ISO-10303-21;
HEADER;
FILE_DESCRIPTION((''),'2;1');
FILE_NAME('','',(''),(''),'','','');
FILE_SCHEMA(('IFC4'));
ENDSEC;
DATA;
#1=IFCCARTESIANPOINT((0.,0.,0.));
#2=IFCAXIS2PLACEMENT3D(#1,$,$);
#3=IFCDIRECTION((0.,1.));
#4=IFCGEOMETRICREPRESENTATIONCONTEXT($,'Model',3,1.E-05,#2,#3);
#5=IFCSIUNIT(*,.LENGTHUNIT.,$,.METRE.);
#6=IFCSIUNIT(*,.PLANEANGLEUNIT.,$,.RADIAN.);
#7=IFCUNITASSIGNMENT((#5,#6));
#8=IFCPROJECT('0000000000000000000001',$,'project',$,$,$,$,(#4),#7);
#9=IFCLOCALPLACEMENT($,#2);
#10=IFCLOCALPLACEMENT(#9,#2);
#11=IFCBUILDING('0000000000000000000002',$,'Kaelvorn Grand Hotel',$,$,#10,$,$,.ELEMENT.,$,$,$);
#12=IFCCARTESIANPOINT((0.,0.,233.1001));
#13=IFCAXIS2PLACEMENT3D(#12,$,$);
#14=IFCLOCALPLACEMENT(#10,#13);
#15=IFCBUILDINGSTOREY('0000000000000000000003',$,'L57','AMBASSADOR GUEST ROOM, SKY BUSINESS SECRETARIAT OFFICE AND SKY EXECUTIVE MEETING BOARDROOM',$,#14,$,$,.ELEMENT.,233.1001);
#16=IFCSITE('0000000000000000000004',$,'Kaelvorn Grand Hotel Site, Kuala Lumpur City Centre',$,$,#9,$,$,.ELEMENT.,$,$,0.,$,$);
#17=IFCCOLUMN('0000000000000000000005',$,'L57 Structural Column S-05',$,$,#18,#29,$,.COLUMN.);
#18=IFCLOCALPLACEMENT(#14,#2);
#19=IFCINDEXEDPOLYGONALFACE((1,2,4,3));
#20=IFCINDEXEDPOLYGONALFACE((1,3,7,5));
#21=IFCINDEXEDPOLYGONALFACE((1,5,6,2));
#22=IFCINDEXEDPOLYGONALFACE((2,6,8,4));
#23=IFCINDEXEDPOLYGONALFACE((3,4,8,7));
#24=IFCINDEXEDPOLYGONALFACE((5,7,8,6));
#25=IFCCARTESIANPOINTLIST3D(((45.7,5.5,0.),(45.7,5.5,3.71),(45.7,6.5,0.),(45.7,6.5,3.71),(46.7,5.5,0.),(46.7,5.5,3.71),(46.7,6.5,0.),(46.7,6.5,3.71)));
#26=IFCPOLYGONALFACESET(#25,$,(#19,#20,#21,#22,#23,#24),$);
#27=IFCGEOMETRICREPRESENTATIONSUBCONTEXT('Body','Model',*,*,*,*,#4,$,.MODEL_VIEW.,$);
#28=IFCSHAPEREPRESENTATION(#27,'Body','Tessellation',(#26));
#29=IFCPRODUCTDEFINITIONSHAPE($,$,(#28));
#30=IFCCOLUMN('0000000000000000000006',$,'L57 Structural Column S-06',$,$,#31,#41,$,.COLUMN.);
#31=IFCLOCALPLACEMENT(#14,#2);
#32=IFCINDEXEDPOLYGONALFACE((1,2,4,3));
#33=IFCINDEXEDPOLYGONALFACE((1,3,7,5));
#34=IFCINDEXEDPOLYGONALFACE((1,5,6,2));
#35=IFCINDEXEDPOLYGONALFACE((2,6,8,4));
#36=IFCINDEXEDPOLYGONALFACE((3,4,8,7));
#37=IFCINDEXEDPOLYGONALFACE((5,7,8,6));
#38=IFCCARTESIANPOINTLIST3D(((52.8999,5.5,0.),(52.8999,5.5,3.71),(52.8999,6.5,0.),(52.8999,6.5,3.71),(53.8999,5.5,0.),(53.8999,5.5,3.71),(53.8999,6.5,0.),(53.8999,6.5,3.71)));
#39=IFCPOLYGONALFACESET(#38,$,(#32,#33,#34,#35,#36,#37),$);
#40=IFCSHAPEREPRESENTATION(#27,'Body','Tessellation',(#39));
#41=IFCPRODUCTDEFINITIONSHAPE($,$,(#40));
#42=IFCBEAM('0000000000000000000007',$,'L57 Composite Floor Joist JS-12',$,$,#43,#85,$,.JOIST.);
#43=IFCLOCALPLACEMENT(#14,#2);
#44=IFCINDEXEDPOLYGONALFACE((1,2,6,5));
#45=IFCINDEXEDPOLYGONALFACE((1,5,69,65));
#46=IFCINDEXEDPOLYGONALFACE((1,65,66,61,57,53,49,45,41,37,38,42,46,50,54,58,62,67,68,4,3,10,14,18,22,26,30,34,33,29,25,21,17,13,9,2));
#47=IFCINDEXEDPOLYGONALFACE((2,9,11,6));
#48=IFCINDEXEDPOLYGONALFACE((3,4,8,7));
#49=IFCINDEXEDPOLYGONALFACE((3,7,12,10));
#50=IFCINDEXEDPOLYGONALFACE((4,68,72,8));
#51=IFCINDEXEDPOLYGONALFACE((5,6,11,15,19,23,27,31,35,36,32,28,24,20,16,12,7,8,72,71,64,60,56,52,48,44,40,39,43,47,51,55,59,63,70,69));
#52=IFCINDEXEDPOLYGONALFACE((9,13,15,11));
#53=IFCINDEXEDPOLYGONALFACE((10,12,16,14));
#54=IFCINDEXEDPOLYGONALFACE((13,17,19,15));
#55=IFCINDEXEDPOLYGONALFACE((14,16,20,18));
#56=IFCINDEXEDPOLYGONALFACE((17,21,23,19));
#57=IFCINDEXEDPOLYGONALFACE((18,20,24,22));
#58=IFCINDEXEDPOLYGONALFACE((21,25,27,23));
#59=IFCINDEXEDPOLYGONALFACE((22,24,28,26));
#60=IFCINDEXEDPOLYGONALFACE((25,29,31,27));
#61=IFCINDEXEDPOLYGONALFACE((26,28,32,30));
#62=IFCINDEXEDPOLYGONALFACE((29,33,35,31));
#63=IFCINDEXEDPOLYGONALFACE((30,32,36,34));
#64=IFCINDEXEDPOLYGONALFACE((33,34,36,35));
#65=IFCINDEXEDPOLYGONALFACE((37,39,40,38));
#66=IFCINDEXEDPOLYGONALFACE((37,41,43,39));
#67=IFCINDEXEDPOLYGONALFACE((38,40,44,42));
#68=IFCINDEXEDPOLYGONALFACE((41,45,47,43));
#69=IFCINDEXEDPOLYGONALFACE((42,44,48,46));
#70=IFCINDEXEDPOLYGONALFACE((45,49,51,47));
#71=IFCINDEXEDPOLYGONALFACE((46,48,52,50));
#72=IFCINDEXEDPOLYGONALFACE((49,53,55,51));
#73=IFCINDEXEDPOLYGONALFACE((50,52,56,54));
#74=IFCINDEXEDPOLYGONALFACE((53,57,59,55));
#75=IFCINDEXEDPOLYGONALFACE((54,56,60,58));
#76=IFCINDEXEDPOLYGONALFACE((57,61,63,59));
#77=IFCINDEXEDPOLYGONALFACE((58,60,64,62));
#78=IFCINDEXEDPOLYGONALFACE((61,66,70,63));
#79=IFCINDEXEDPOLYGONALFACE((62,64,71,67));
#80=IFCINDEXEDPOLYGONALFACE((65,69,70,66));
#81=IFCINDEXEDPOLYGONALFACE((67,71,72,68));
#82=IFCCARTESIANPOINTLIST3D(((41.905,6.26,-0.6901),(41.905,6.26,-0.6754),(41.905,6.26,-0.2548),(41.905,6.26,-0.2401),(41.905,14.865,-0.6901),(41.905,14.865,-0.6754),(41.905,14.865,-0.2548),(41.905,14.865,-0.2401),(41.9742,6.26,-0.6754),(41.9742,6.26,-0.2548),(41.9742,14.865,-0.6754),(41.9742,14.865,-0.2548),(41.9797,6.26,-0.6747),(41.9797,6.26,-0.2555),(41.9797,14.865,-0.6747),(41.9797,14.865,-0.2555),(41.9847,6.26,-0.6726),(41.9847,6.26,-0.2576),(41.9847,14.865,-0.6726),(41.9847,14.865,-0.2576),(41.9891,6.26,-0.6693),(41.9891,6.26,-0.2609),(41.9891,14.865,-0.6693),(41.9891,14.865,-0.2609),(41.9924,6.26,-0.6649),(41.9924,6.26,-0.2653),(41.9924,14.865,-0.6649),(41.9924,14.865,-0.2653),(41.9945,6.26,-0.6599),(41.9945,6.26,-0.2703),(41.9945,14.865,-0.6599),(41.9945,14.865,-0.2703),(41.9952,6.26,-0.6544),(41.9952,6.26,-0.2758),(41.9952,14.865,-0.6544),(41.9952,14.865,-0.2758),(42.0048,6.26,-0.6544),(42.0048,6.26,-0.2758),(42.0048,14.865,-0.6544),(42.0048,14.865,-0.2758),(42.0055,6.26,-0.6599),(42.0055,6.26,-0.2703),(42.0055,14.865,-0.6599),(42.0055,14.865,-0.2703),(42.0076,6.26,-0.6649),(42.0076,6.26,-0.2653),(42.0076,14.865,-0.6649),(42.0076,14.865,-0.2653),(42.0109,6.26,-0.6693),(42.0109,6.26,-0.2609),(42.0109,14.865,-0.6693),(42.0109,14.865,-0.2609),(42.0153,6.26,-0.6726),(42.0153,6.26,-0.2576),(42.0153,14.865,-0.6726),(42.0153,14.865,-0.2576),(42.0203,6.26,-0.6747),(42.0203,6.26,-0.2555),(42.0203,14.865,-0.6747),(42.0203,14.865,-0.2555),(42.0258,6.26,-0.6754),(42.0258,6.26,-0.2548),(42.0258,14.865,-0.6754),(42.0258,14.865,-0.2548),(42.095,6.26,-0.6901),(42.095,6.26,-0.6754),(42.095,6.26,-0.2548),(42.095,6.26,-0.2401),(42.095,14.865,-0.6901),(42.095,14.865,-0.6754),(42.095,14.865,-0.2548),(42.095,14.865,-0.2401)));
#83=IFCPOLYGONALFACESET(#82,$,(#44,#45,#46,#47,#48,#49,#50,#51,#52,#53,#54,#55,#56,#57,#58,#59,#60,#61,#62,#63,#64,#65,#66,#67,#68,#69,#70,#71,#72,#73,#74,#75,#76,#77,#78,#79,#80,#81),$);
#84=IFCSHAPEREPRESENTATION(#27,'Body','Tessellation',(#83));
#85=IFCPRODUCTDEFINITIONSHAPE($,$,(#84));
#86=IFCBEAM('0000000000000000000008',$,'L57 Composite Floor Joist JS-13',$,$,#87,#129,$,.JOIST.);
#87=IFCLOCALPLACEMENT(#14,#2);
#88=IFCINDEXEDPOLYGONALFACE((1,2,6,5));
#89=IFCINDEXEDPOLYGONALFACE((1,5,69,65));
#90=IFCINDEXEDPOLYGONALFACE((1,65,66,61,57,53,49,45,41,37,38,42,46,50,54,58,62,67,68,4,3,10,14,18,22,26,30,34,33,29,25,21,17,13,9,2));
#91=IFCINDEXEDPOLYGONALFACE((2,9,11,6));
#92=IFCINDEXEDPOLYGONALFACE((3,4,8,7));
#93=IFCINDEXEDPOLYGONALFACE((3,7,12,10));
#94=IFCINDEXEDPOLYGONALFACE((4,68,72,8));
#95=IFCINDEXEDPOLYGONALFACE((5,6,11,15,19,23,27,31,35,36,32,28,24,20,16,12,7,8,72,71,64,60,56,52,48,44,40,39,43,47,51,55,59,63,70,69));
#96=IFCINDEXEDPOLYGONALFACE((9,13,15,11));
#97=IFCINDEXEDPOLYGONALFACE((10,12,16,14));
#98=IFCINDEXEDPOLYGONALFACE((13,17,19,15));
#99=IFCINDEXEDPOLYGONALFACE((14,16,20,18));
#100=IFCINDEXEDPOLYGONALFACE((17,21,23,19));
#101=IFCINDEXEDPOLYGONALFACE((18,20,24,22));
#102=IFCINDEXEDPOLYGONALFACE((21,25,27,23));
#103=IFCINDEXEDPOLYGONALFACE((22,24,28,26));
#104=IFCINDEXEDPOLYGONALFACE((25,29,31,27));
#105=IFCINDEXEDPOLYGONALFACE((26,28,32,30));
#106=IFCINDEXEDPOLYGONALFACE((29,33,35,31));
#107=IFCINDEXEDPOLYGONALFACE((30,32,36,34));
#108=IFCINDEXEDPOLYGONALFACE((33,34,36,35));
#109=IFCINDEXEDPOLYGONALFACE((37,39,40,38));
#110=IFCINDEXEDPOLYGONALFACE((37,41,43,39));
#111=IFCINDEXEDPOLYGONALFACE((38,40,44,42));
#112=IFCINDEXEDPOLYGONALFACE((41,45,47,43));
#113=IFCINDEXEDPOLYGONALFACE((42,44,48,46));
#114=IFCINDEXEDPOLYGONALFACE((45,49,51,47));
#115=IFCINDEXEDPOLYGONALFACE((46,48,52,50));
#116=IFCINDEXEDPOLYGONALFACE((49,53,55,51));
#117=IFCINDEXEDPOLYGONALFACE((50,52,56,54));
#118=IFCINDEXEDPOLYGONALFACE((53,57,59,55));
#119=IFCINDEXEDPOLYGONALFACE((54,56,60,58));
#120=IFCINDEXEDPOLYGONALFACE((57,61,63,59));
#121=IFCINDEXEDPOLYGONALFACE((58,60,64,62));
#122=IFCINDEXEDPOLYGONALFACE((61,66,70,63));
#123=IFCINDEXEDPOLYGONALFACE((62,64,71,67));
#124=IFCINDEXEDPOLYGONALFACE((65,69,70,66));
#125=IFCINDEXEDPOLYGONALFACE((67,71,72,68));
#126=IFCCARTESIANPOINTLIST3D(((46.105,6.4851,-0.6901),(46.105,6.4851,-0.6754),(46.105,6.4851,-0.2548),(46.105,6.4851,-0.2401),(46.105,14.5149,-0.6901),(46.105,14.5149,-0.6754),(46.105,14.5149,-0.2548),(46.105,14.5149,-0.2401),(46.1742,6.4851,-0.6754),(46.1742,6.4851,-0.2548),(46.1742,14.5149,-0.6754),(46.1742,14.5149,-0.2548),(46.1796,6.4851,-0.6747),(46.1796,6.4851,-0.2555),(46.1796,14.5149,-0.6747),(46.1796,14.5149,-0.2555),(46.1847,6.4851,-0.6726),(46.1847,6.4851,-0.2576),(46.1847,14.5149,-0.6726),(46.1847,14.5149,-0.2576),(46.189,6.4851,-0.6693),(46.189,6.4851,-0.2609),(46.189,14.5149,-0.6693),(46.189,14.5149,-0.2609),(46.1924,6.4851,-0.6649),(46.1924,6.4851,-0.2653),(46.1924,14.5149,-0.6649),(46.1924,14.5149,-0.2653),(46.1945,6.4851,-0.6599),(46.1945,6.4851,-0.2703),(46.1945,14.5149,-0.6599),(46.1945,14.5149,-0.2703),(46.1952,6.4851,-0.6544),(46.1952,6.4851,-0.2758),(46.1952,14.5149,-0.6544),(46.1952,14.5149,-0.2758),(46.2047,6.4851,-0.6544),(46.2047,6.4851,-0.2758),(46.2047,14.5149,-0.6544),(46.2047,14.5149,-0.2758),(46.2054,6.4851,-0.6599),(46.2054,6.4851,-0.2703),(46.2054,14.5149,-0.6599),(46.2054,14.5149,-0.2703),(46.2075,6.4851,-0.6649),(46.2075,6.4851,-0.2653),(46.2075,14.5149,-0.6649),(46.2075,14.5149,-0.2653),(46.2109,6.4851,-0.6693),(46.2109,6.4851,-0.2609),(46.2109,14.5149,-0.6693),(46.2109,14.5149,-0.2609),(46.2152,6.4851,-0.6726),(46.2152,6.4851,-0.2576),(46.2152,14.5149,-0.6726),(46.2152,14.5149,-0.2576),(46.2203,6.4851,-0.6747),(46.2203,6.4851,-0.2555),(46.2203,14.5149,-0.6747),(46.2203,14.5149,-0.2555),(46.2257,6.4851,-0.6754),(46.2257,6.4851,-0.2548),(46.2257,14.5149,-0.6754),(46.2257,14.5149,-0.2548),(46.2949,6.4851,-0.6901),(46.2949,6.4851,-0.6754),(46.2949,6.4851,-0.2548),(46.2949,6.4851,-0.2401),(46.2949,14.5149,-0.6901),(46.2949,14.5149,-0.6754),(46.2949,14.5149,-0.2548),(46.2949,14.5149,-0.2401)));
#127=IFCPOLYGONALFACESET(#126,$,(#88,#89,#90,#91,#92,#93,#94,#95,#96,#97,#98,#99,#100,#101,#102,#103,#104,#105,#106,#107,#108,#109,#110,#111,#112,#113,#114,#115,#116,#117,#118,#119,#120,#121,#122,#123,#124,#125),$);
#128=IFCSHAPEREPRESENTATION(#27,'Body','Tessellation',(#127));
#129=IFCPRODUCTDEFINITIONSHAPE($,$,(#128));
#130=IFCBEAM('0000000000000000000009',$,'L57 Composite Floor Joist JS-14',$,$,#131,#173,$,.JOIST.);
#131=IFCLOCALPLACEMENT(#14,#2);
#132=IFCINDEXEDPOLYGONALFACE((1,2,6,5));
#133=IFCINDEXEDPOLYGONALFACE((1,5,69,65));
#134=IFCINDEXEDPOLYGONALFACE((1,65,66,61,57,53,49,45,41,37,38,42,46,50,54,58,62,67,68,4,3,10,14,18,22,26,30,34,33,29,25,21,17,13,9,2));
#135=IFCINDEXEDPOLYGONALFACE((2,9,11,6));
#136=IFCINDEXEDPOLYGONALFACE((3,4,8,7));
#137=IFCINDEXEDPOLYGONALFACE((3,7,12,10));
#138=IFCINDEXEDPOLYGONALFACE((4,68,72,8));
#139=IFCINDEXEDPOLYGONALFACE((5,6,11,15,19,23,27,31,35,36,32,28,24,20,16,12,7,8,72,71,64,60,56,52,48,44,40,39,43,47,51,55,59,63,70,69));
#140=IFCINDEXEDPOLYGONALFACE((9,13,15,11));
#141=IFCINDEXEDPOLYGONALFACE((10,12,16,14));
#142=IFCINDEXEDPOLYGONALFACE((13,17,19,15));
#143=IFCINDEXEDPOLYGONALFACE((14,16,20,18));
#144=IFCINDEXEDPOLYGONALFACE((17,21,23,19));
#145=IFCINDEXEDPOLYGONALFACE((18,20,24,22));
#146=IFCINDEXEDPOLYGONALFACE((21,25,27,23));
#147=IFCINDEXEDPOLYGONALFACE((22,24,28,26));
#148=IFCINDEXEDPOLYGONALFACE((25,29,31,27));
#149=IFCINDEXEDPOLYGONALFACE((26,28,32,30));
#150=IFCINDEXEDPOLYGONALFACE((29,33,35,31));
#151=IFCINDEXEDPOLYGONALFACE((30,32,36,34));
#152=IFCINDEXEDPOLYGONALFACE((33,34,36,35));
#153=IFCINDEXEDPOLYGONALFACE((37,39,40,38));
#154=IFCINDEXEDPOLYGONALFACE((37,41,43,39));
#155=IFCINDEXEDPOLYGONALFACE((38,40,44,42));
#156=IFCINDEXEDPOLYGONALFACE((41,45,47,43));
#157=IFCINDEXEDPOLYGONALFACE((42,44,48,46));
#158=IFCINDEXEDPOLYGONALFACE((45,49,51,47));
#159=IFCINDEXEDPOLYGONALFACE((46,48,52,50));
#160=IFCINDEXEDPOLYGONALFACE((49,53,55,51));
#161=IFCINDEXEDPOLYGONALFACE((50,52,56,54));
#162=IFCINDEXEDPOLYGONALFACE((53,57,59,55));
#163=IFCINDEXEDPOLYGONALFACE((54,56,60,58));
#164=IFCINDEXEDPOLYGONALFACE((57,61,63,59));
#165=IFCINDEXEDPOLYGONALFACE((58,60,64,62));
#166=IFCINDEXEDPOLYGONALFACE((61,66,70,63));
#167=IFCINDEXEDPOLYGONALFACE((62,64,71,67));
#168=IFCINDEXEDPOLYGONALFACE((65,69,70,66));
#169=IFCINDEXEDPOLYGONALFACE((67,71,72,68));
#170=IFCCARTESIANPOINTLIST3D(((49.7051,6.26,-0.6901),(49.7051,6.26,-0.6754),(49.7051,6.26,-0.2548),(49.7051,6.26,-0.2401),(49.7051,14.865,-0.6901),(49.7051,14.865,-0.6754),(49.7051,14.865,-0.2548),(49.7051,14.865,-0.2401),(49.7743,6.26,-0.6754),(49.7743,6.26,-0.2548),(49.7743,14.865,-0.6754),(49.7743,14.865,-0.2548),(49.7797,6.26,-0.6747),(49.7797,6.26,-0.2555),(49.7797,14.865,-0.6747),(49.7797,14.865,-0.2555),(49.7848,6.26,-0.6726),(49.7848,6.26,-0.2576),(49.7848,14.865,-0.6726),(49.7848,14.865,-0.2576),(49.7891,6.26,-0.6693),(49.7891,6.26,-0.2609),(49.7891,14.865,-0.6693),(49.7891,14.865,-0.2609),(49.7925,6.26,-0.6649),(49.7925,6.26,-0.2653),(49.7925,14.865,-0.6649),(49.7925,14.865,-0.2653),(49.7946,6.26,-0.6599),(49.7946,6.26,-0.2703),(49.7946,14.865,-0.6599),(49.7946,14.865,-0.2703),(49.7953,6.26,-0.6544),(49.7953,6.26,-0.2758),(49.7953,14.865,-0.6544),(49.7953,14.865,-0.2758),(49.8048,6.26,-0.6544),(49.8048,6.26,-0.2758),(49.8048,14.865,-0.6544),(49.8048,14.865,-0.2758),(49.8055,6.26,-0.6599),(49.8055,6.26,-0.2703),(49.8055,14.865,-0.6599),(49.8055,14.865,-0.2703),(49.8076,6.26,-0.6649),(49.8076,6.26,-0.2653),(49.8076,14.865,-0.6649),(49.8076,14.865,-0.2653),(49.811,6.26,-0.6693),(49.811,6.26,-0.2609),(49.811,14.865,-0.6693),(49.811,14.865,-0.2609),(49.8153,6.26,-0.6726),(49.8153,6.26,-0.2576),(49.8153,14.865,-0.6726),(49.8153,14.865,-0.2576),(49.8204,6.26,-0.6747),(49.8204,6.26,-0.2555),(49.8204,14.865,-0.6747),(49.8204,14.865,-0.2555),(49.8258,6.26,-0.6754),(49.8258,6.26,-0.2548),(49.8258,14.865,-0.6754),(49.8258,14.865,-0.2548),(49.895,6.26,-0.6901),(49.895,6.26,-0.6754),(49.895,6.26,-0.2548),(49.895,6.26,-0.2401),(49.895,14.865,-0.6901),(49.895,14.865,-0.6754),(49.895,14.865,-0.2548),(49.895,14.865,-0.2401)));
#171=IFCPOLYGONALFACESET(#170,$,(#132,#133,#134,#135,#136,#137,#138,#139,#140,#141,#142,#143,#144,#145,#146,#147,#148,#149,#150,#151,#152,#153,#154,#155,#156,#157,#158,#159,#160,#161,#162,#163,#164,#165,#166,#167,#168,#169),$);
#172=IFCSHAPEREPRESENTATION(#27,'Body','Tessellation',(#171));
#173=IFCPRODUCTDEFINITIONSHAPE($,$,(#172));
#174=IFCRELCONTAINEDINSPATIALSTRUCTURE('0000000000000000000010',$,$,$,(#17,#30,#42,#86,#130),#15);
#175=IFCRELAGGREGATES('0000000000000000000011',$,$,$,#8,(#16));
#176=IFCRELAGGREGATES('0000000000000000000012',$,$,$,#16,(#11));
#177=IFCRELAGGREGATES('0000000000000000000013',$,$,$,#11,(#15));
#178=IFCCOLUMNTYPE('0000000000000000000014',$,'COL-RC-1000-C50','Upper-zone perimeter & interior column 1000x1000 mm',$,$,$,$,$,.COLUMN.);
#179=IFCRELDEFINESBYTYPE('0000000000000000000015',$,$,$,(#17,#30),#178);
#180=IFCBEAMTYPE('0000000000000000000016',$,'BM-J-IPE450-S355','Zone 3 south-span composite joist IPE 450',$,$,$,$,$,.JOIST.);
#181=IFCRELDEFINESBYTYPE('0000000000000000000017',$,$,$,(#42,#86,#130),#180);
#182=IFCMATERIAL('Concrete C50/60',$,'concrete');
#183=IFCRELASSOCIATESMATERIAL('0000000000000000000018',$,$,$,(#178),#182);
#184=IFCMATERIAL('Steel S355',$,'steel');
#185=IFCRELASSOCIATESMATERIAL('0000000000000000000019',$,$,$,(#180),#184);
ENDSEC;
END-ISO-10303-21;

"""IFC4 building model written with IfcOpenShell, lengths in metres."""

from ifc_helpers import new_model, si_unit, direction, frame, origin, origin_2d, place, context, subcontext, project, spatial, rectangle, i_section, extrude, material, material_profile, profile_set, type_object, element, save


model = new_model("IFC4")

# Units and contexts
model_context = context("Model", 3, precision=1e-05, world=origin(), true_north=direction((0.0, 1.0)))
body_context = subcontext(model_context, "Body", "Model", "MODEL_VIEW")
ifc_project = project(units=[si_unit("LENGTHUNIT", "METRE"), si_unit("PLANEANGLEUNIT", "RADIAN")], contexts=[model_context])

# Site, building, storey
site_placement = place(None, origin())
site = spatial("IfcSite", under=ifc_project, at=site_placement, Name="Kaelvorn Grand Hotel Site, Kuala Lumpur City Centre", CompositionType="ELEMENT", RefElevation=0.0)
building_placement = place(site_placement, origin())
building = spatial("IfcBuilding", under=site, at=building_placement, Name="Kaelvorn Grand Hotel", CompositionType="ELEMENT")
storey_placement = place(building_placement, frame((0.0, 0.0, 233.1001)))
storey = spatial("IfcBuildingStorey", under=building, at=storey_placement, Name="L57", Description="AMBASSADOR GUEST ROOM, SKY BUSINESS SECRETARIAT OFFICE AND SKY EXECUTIVE MEETING BOARDROOM", CompositionType="ELEMENT", Elevation=233.1001)

# Columns
ifc_material_1 = material(Name="Concrete C50/60", Category="concrete")
ifc_material_profile_1 = material_profile(ifc_material_1, rectangle(XDim=1.0, YDim=1.0, at=origin_2d()), Name="RC COL 1000x1000")
ifc_profile_set_1 = profile_set([ifc_material_profile_1], Name="Concrete C50/60")
column_type = type_object("IfcColumnType", Name="COL-RC-1000-C50", Description="Upper-zone perimeter & interior column 1000x1000 mm", PredefinedType="COLUMN", material=ifc_profile_set_1)
for number, where, z_axis, x_axis, name in (
    (1, (46.2, 6.0, 0.0), (0.0, 0.0, 1.0), (1.0, 0.0, 0.0), "L57 Structural Column S-05"),
    (2, (53.3999, 6.0, 0.0), (0.0, 0.0, 1.0), (1.0, 0.0, 0.0), "L57 Structural Column S-06"),
):
    element("IfcColumn", number, at=place(storey_placement, frame(where, z_axis=z_axis, x_axis=x_axis)), inside=storey, type_object=column_type, Name=name, PredefinedType="COLUMN", context=body_context, shape_type="SweptSolid", body=[
        extrude(rectangle(XDim=1.0, YDim=1.0, at=origin_2d()), origin(), (0.0, 0.0, 1.0), 3.71),
    ])

# Beams
ifc_material_2 = material(Name="Steel S355", Category="steel")
ifc_material_profile_2 = material_profile(ifc_material_2, i_section(OverallWidth=0.1899, OverallDepth=0.45, WebThickness=0.0095, FlangeThickness=0.0146, FilletRadius=0.021, at=origin_2d()), Name="IPE 450")
ifc_profile_set_2 = profile_set([ifc_material_profile_2], Name="Steel S355")
beam_type_1 = type_object("IfcBeamType", Name="BM-J-IPE450-S355", Description="Zone 3 south-span composite joist IPE 450", PredefinedType="JOIST", material=ifc_profile_set_2)
beam_1_placement = place(storey_placement, frame((42.0, 6.26, -0.4651), z_axis=(0.0, 1.0, 0.0), x_axis=(-1.0, 0.0, 0.0)))
element("IfcBeam", 3, at=beam_1_placement, inside=storey, type_object=beam_type_1, Name="L57 Composite Floor Joist JS-12", PredefinedType="JOIST", context=body_context, shape_type="SweptSolid", body=[
    extrude(i_section(OverallWidth=0.1899, OverallDepth=0.45, WebThickness=0.0095, FlangeThickness=0.0146, FilletRadius=0.021, at=origin_2d()), origin(), (0.0, 0.0, 1.0), 8.605),
])
beam_2_placement = place(storey_placement, frame((46.2, 6.4851, -0.4651), z_axis=(0.0, 1.0, 0.0), x_axis=(-1.0, 0.0, 0.0)))
element("IfcBeam", 4, at=beam_2_placement, inside=storey, type_object=beam_type_1, Name="L57 Composite Floor Joist JS-13", PredefinedType="JOIST", context=body_context, shape_type="SweptSolid", body=[
    extrude(i_section(OverallWidth=0.1899, OverallDepth=0.45, WebThickness=0.0095, FlangeThickness=0.0146, FilletRadius=0.021, at=origin_2d()), origin(), (0.0, 0.0, 1.0), 8.0298),
])
beam_3_placement = place(storey_placement, frame((49.8, 6.26, -0.4651), z_axis=(0.0, 1.0, 0.0), x_axis=(-1.0, 0.0, 0.0)))
element("IfcBeam", 5, at=beam_3_placement, inside=storey, type_object=beam_type_1, Name="L57 Composite Floor Joist JS-14", PredefinedType="JOIST", context=body_context, shape_type="SweptSolid", body=[
    extrude(i_section(OverallWidth=0.1899, OverallDepth=0.45, WebThickness=0.0095, FlangeThickness=0.0146, FilletRadius=0.021, at=origin_2d()), origin(), (0.0, 0.0, 1.0), 8.605),
])

save(model, "model.ifc")
